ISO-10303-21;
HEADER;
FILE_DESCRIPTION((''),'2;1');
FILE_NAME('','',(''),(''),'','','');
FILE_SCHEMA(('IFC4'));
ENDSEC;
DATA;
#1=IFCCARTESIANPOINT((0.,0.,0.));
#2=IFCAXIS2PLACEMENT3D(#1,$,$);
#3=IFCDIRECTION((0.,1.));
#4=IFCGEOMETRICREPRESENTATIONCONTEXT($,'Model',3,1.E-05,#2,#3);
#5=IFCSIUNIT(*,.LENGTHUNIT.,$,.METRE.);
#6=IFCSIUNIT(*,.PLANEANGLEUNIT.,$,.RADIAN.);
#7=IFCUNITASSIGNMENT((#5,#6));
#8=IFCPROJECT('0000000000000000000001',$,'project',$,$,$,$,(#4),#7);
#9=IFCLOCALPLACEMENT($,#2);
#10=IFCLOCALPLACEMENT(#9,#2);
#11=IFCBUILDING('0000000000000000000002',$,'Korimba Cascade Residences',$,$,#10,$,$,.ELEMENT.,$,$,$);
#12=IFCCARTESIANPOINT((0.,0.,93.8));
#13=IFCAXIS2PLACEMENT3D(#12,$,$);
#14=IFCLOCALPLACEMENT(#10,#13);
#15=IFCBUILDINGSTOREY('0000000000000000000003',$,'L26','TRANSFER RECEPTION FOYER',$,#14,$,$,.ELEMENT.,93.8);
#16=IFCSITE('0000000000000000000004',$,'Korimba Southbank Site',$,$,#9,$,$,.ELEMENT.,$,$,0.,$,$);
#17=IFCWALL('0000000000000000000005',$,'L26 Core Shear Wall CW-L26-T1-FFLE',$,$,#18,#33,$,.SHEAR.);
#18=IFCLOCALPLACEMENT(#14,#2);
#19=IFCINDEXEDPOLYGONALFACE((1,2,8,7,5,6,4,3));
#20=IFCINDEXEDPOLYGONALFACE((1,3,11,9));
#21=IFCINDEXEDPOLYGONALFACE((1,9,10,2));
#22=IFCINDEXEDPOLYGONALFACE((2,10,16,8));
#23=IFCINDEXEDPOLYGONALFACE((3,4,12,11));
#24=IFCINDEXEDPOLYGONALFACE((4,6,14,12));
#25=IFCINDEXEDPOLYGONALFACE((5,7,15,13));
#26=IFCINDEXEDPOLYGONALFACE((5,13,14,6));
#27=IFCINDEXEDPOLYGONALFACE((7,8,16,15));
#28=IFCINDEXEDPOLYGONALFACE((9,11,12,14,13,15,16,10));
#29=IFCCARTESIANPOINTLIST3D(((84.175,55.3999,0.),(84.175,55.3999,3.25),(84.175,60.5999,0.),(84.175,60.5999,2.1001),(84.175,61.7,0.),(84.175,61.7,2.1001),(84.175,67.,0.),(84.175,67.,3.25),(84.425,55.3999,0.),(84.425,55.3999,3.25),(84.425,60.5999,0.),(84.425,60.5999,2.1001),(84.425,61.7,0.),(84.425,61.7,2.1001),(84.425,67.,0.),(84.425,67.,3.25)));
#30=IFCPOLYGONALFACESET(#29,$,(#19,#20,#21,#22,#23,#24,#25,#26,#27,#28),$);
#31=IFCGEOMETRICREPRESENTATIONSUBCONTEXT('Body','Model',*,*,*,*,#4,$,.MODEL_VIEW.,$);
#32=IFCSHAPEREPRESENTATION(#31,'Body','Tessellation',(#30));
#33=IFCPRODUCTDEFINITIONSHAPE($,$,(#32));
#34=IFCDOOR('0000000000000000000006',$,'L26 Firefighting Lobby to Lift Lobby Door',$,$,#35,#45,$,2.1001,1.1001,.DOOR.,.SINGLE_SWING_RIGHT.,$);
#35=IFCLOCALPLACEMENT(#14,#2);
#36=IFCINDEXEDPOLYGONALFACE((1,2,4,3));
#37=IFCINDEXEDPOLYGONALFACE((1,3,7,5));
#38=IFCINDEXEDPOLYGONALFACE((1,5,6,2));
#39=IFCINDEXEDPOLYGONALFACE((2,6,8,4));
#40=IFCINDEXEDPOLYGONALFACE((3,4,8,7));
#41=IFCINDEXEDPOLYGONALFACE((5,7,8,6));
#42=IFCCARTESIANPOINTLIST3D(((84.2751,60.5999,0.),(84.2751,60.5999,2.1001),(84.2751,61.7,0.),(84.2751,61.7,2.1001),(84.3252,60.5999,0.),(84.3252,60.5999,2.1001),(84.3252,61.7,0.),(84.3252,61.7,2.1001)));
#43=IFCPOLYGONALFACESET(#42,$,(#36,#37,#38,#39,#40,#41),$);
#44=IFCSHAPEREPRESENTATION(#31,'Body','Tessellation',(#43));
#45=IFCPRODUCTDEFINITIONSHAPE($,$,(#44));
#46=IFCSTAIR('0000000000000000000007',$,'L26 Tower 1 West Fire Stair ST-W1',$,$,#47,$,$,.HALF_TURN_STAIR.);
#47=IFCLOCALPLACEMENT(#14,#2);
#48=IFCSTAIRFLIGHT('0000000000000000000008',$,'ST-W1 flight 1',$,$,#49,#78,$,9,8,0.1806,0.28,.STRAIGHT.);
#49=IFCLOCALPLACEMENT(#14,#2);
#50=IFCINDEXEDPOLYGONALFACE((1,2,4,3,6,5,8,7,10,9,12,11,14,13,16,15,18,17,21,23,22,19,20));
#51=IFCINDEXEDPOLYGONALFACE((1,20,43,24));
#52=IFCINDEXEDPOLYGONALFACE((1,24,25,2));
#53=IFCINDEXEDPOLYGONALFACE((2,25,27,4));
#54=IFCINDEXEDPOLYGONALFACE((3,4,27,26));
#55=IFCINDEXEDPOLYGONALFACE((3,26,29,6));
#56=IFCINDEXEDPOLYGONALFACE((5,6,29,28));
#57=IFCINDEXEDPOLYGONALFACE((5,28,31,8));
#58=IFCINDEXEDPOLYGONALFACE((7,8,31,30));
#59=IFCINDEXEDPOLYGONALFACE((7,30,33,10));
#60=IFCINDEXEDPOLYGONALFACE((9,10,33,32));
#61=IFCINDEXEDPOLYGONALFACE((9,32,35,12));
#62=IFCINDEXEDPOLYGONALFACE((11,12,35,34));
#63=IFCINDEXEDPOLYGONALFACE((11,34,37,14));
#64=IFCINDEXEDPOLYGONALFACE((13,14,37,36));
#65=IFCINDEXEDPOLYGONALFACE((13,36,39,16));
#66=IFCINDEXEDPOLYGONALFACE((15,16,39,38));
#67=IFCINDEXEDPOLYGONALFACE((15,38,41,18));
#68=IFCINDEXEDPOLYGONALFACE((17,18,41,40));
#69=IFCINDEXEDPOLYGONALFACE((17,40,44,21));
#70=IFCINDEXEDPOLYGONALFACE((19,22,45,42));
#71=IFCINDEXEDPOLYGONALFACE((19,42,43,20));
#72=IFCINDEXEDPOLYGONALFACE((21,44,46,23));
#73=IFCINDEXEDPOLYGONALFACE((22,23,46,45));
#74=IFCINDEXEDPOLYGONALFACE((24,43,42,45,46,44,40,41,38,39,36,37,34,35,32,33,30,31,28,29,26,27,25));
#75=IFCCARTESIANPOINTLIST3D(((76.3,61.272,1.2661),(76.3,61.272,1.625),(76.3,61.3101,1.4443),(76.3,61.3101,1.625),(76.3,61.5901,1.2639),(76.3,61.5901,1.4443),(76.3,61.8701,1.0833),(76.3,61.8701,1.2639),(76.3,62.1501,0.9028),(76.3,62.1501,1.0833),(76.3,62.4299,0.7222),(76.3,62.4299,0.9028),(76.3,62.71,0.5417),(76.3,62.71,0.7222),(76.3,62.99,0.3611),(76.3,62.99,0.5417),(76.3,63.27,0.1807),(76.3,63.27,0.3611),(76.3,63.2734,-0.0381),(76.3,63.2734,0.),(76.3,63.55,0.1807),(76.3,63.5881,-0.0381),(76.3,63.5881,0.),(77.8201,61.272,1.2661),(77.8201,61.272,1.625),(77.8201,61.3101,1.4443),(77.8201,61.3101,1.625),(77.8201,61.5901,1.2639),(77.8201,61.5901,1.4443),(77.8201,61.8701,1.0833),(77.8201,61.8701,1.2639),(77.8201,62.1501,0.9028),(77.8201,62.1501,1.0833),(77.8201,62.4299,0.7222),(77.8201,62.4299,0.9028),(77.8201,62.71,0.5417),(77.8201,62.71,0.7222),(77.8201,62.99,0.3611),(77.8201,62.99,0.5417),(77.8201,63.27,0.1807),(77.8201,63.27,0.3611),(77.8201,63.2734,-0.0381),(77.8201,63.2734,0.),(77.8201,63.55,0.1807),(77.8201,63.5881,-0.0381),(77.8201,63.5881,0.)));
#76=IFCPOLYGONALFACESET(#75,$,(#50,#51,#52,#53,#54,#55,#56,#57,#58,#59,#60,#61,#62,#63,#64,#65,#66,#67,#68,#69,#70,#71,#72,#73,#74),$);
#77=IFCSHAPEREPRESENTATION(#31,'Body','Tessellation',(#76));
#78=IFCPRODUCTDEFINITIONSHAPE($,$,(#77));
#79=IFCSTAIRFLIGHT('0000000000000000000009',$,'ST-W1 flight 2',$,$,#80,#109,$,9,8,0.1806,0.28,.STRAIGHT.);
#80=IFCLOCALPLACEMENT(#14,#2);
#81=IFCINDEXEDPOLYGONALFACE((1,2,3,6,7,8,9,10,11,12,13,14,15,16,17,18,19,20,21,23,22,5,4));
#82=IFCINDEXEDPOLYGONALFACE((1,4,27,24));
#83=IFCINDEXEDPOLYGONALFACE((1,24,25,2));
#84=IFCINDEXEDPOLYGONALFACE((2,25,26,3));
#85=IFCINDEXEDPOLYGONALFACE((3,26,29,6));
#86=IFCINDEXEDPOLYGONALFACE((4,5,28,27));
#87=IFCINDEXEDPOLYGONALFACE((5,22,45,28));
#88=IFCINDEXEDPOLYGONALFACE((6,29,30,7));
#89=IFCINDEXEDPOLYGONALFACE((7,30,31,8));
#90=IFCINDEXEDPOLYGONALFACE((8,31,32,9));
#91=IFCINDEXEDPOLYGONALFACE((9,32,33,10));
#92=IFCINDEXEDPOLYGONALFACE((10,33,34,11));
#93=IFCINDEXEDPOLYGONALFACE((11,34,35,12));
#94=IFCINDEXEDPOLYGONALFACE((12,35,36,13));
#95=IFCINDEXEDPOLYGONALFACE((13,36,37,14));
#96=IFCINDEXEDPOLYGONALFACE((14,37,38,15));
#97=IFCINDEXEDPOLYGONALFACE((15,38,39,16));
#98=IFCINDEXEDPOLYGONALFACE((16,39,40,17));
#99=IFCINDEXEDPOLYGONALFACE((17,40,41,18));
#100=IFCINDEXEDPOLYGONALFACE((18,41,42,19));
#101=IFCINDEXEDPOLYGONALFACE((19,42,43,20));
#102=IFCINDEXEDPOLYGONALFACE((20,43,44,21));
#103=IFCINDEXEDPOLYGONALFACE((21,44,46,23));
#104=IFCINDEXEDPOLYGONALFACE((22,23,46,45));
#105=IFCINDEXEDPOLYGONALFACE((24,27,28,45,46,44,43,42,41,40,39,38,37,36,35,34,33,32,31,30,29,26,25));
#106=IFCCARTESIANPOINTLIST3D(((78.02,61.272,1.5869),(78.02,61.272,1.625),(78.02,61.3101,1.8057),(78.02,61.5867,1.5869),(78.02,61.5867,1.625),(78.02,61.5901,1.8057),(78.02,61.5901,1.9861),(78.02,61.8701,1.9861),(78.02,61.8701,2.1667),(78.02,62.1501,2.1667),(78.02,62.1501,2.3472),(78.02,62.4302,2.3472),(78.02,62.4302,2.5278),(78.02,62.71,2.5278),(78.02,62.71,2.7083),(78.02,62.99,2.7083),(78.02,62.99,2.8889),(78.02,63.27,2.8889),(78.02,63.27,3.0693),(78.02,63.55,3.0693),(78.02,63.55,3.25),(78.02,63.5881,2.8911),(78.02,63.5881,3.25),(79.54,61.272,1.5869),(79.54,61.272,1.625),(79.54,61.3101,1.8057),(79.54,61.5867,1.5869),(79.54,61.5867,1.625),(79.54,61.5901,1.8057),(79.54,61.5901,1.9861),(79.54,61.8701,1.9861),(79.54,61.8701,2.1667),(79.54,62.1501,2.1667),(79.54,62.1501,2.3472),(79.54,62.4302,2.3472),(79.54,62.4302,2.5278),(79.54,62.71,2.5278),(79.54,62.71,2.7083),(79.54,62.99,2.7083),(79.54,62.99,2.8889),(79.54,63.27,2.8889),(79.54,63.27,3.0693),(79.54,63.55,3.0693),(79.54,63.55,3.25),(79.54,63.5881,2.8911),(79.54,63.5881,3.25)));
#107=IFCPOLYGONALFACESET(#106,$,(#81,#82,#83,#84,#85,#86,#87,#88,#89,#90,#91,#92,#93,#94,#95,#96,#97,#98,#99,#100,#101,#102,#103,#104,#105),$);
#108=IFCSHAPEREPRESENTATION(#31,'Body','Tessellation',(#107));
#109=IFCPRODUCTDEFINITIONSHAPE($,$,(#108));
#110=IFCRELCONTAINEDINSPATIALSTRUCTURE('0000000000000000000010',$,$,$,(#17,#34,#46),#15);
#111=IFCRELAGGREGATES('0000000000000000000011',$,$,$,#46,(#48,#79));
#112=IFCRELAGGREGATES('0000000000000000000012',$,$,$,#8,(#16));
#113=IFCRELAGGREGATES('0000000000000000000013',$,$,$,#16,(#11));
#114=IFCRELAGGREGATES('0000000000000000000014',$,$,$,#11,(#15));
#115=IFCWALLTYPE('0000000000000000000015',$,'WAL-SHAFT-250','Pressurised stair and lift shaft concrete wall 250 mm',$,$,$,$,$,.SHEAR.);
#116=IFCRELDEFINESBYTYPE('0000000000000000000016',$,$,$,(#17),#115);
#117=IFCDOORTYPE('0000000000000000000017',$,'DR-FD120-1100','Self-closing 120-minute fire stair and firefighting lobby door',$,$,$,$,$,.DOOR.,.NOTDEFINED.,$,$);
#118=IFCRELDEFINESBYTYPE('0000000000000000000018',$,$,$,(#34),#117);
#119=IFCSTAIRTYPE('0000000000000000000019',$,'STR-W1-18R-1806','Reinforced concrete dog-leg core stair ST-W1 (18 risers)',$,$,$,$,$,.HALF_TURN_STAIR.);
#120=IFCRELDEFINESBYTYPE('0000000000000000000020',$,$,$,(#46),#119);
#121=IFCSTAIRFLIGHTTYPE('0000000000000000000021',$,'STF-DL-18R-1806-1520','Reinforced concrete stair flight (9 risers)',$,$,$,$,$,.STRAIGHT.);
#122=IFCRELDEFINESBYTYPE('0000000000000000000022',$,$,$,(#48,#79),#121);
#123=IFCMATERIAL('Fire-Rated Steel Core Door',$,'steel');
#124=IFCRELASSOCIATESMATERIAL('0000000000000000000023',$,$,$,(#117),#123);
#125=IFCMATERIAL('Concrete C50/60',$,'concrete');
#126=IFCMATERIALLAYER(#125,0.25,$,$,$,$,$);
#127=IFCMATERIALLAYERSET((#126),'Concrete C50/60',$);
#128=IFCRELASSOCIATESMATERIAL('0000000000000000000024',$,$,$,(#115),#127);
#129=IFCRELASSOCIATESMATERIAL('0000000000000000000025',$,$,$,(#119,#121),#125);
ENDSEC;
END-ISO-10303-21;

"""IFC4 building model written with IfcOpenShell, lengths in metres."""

from ifc_helpers import new_model, si_unit, direction, frame, frame_2d, origin, place, context, subcontext, project, spatial, polyline, rectangle, outline, extrude, material, layer, layer_set, type_object, element, fill, aggregate, save


model = new_model("IFC4")

# Units and contexts
model_context = context("Model", 3, precision=1e-05, world=origin(), true_north=direction((0.0, 1.0)))
body_context = subcontext(model_context, "Body", "Model", "MODEL_VIEW")
ifc_project = project(units=[si_unit("LENGTHUNIT", "METRE"), si_unit("PLANEANGLEUNIT", "RADIAN")], contexts=[model_context])

# Site, building, storey
site_placement = place(None, origin())
site = spatial("IfcSite", under=ifc_project, at=site_placement, Name="Korimba Southbank Site", CompositionType="ELEMENT", RefElevation=0.0)
building_placement = place(site_placement, origin())
building = spatial("IfcBuilding", under=site, at=building_placement, Name="Korimba Cascade Residences", CompositionType="ELEMENT")
storey_placement = place(building_placement, frame((0.0, 0.0, 93.8)))
storey = spatial("IfcBuildingStorey", under=building, at=storey_placement, Name="L26", Description="TRANSFER RECEPTION FOYER", CompositionType="ELEMENT", Elevation=93.8)

# Shared definitions
ifc_material_1 = material(Name="Fire-Rated Steel Core Door", Category="steel")
door_type_1 = type_object("IfcDoorType", Name="DR-FD120-1100", Description="Self-closing 120-minute fire stair and firefighting lobby door", OperationType="NOTDEFINED", PredefinedType="DOOR", material=ifc_material_1)

# Shared definitions
ifc_material_2 = material(Name="Concrete C50/60", Category="concrete")
ifc_layer_1 = layer(ifc_material_2, 0.25)
ifc_layer_set_1 = layer_set([ifc_layer_1], Name="Concrete C50/60")
wall_type_1 = type_object("IfcWallType", Name="WAL-SHAFT-250", Description="Pressurised stair and lift shaft concrete wall 250 mm", PredefinedType="SHEAR", material=ifc_layer_set_1)

# Wall, opening, door
wall_1_placement = place(storey_placement, frame((84.3, 55.3999, 0.0), z_axis=(0.0, 0.0, 1.0), x_axis=(0.0, 1.0, 0.0)))
wall_1 = element("IfcWall", 1, at=wall_1_placement, inside=storey, type_object=wall_type_1, Name="L26 Core Shear Wall CW-L26-T1-FFLE", PredefinedType="SHEAR", context=body_context, shape_type="SweptSolid", body=[
    extrude(rectangle(XDim=11.6001, YDim=0.25, at=frame_2d((5.8, 0.0))), origin(), (0.0, 0.0, 1.0), 3.25),
])
opening_1_placement = place(wall_1_placement, frame((5.2, 0.0, 0.0)))
opening_1 = element("IfcOpeningElement", 2, at=opening_1_placement, cuts=wall_1, PredefinedType="OPENING", context=body_context, shape_type="SweptSolid", body=[
    extrude(rectangle(XDim=1.1001, YDim=2.1001, at=frame_2d((0.55, 1.05))), frame((0.0, 0.135, 0.0), z_axis=(0.0, -1.0, 0.0), x_axis=(1.0, 0.0, 0.0)), (0.0, 0.0, 1.0), 0.27),
])
door_1_placement = place(opening_1_placement, origin())
door_1 = element("IfcDoor", 3, at=door_1_placement, inside=storey, type_object=door_type_1, Name="L26 Firefighting Lobby to Lift Lobby Door", OperationType="SINGLE_SWING_RIGHT", OverallHeight=2.1001, OverallWidth=1.1001, PredefinedType="DOOR", context=body_context, shape_type="SweptSolid", body=[
    extrude(rectangle(XDim=1.1001, YDim=2.1001, at=frame_2d((0.55, 1.05))), frame((0.0, 0.0249, 0.0), z_axis=(0.0, -1.0, 0.0), x_axis=(1.0, 0.0, 0.0)), (0.0, 0.0, 1.0), 0.05),
])
fill(opening_1, door_1)

# Stair, stair flights
stair_type = type_object("IfcStairType", Name="STR-W1-18R-1806", Description="Reinforced concrete dog-leg core stair ST-W1 (18 risers)", PredefinedType="HALF_TURN_STAIR", material=ifc_material_2)
stair_placement = place(storey_placement, origin())
stair = element("IfcStair", 4, at=stair_placement, inside=storey, type_object=stair_type, Name="L26 Tower 1 West Fire Stair ST-W1", PredefinedType="HALF_TURN_STAIR")
stair_flight_type = type_object("IfcStairFlightType", Name="STF-DL-18R-1806-1520", Description="Reinforced concrete stair flight (9 risers)", PredefinedType="STRAIGHT", material=ifc_material_2)
stair_flight_1_placement = place(storey_placement, frame((77.0601, 63.55, 0.0), z_axis=(0.0, 0.0, 1.0), x_axis=(0.0, -1.0, 0.0)))
stair_flight_1 = element("IfcStairFlight", 5, at=stair_flight_1_placement, type_object=stair_flight_type, Name="ST-W1 flight 1", NumberOfRisers=9, NumberOfTreads=8, PredefinedType="STRAIGHT", RiserHeight=0.1806, TreadLength=0.28, context=body_context, shape_type="SweptSolid", body=[
    extrude(outline(polyline([(-0.0381, 0.0), (0.0, 0.1807), (0.28, 0.1807), (0.28, 0.3611), (0.5601, 0.3611), (0.5601, 0.5417), (0.8401, 0.5417), (0.8401, 0.7222), (1.1201, 0.7222), (1.1201, 0.9028), (1.3999, 0.9028), (1.3999, 1.0833), (1.6799, 1.0833), (1.6799, 1.2639), (1.96, 1.2639), (1.96, 1.4443), (2.24, 1.4443), (2.24, 1.625), (2.2781, 1.625), (2.2781, 1.2661), (0.2766, 0.0), (0.2766, -0.0381), (-0.0381, -0.0381), (-0.0381, 0.0)])), frame((0.0, 0.76, 0.0), z_axis=(0.0, -1.0, 0.0), x_axis=(1.0, 0.0, 0.0)), (0.0, 0.0, 1.0), 1.52),
])
stair_flight_2_placement = place(storey_placement, frame((78.78, 61.3101, 1.625), z_axis=(0.0, 0.0, 1.0), x_axis=(0.0, 1.0, 0.0)))
stair_flight_2 = element("IfcStairFlight", 6, at=stair_flight_2_placement, type_object=stair_flight_type, Name="ST-W1 flight 2", NumberOfRisers=9, NumberOfTreads=8, PredefinedType="STRAIGHT", RiserHeight=0.1806, TreadLength=0.28, context=body_context, shape_type="SweptSolid", body=[
    extrude(outline(polyline([(-0.0381, 0.0), (0.0, 0.1807), (0.28, 0.1807), (0.28, 0.3611), (0.5601, 0.3611), (0.5601, 0.5417), (0.8401, 0.5417), (0.8401, 0.7222), (1.1201, 0.7222), (1.1201, 0.9028), (1.3999, 0.9028), (1.3999, 1.0833), (1.6799, 1.0833), (1.6799, 1.2639), (1.96, 1.2639), (1.96, 1.4443), (2.24, 1.4443), (2.24, 1.625), (2.2781, 1.625), (2.2781, 1.2661), (0.2766, 0.0), (0.2766, -0.0381), (-0.0381, -0.0381), (-0.0381, 0.0)])), frame((0.0, 0.76, 0.0), z_axis=(0.0, -1.0, 0.0), x_axis=(1.0, 0.0, 0.0)), (0.0, 0.0, 1.0), 1.52),
])
aggregate(stair, [stair_flight_1, stair_flight_2])

save(model, "model.ifc")
